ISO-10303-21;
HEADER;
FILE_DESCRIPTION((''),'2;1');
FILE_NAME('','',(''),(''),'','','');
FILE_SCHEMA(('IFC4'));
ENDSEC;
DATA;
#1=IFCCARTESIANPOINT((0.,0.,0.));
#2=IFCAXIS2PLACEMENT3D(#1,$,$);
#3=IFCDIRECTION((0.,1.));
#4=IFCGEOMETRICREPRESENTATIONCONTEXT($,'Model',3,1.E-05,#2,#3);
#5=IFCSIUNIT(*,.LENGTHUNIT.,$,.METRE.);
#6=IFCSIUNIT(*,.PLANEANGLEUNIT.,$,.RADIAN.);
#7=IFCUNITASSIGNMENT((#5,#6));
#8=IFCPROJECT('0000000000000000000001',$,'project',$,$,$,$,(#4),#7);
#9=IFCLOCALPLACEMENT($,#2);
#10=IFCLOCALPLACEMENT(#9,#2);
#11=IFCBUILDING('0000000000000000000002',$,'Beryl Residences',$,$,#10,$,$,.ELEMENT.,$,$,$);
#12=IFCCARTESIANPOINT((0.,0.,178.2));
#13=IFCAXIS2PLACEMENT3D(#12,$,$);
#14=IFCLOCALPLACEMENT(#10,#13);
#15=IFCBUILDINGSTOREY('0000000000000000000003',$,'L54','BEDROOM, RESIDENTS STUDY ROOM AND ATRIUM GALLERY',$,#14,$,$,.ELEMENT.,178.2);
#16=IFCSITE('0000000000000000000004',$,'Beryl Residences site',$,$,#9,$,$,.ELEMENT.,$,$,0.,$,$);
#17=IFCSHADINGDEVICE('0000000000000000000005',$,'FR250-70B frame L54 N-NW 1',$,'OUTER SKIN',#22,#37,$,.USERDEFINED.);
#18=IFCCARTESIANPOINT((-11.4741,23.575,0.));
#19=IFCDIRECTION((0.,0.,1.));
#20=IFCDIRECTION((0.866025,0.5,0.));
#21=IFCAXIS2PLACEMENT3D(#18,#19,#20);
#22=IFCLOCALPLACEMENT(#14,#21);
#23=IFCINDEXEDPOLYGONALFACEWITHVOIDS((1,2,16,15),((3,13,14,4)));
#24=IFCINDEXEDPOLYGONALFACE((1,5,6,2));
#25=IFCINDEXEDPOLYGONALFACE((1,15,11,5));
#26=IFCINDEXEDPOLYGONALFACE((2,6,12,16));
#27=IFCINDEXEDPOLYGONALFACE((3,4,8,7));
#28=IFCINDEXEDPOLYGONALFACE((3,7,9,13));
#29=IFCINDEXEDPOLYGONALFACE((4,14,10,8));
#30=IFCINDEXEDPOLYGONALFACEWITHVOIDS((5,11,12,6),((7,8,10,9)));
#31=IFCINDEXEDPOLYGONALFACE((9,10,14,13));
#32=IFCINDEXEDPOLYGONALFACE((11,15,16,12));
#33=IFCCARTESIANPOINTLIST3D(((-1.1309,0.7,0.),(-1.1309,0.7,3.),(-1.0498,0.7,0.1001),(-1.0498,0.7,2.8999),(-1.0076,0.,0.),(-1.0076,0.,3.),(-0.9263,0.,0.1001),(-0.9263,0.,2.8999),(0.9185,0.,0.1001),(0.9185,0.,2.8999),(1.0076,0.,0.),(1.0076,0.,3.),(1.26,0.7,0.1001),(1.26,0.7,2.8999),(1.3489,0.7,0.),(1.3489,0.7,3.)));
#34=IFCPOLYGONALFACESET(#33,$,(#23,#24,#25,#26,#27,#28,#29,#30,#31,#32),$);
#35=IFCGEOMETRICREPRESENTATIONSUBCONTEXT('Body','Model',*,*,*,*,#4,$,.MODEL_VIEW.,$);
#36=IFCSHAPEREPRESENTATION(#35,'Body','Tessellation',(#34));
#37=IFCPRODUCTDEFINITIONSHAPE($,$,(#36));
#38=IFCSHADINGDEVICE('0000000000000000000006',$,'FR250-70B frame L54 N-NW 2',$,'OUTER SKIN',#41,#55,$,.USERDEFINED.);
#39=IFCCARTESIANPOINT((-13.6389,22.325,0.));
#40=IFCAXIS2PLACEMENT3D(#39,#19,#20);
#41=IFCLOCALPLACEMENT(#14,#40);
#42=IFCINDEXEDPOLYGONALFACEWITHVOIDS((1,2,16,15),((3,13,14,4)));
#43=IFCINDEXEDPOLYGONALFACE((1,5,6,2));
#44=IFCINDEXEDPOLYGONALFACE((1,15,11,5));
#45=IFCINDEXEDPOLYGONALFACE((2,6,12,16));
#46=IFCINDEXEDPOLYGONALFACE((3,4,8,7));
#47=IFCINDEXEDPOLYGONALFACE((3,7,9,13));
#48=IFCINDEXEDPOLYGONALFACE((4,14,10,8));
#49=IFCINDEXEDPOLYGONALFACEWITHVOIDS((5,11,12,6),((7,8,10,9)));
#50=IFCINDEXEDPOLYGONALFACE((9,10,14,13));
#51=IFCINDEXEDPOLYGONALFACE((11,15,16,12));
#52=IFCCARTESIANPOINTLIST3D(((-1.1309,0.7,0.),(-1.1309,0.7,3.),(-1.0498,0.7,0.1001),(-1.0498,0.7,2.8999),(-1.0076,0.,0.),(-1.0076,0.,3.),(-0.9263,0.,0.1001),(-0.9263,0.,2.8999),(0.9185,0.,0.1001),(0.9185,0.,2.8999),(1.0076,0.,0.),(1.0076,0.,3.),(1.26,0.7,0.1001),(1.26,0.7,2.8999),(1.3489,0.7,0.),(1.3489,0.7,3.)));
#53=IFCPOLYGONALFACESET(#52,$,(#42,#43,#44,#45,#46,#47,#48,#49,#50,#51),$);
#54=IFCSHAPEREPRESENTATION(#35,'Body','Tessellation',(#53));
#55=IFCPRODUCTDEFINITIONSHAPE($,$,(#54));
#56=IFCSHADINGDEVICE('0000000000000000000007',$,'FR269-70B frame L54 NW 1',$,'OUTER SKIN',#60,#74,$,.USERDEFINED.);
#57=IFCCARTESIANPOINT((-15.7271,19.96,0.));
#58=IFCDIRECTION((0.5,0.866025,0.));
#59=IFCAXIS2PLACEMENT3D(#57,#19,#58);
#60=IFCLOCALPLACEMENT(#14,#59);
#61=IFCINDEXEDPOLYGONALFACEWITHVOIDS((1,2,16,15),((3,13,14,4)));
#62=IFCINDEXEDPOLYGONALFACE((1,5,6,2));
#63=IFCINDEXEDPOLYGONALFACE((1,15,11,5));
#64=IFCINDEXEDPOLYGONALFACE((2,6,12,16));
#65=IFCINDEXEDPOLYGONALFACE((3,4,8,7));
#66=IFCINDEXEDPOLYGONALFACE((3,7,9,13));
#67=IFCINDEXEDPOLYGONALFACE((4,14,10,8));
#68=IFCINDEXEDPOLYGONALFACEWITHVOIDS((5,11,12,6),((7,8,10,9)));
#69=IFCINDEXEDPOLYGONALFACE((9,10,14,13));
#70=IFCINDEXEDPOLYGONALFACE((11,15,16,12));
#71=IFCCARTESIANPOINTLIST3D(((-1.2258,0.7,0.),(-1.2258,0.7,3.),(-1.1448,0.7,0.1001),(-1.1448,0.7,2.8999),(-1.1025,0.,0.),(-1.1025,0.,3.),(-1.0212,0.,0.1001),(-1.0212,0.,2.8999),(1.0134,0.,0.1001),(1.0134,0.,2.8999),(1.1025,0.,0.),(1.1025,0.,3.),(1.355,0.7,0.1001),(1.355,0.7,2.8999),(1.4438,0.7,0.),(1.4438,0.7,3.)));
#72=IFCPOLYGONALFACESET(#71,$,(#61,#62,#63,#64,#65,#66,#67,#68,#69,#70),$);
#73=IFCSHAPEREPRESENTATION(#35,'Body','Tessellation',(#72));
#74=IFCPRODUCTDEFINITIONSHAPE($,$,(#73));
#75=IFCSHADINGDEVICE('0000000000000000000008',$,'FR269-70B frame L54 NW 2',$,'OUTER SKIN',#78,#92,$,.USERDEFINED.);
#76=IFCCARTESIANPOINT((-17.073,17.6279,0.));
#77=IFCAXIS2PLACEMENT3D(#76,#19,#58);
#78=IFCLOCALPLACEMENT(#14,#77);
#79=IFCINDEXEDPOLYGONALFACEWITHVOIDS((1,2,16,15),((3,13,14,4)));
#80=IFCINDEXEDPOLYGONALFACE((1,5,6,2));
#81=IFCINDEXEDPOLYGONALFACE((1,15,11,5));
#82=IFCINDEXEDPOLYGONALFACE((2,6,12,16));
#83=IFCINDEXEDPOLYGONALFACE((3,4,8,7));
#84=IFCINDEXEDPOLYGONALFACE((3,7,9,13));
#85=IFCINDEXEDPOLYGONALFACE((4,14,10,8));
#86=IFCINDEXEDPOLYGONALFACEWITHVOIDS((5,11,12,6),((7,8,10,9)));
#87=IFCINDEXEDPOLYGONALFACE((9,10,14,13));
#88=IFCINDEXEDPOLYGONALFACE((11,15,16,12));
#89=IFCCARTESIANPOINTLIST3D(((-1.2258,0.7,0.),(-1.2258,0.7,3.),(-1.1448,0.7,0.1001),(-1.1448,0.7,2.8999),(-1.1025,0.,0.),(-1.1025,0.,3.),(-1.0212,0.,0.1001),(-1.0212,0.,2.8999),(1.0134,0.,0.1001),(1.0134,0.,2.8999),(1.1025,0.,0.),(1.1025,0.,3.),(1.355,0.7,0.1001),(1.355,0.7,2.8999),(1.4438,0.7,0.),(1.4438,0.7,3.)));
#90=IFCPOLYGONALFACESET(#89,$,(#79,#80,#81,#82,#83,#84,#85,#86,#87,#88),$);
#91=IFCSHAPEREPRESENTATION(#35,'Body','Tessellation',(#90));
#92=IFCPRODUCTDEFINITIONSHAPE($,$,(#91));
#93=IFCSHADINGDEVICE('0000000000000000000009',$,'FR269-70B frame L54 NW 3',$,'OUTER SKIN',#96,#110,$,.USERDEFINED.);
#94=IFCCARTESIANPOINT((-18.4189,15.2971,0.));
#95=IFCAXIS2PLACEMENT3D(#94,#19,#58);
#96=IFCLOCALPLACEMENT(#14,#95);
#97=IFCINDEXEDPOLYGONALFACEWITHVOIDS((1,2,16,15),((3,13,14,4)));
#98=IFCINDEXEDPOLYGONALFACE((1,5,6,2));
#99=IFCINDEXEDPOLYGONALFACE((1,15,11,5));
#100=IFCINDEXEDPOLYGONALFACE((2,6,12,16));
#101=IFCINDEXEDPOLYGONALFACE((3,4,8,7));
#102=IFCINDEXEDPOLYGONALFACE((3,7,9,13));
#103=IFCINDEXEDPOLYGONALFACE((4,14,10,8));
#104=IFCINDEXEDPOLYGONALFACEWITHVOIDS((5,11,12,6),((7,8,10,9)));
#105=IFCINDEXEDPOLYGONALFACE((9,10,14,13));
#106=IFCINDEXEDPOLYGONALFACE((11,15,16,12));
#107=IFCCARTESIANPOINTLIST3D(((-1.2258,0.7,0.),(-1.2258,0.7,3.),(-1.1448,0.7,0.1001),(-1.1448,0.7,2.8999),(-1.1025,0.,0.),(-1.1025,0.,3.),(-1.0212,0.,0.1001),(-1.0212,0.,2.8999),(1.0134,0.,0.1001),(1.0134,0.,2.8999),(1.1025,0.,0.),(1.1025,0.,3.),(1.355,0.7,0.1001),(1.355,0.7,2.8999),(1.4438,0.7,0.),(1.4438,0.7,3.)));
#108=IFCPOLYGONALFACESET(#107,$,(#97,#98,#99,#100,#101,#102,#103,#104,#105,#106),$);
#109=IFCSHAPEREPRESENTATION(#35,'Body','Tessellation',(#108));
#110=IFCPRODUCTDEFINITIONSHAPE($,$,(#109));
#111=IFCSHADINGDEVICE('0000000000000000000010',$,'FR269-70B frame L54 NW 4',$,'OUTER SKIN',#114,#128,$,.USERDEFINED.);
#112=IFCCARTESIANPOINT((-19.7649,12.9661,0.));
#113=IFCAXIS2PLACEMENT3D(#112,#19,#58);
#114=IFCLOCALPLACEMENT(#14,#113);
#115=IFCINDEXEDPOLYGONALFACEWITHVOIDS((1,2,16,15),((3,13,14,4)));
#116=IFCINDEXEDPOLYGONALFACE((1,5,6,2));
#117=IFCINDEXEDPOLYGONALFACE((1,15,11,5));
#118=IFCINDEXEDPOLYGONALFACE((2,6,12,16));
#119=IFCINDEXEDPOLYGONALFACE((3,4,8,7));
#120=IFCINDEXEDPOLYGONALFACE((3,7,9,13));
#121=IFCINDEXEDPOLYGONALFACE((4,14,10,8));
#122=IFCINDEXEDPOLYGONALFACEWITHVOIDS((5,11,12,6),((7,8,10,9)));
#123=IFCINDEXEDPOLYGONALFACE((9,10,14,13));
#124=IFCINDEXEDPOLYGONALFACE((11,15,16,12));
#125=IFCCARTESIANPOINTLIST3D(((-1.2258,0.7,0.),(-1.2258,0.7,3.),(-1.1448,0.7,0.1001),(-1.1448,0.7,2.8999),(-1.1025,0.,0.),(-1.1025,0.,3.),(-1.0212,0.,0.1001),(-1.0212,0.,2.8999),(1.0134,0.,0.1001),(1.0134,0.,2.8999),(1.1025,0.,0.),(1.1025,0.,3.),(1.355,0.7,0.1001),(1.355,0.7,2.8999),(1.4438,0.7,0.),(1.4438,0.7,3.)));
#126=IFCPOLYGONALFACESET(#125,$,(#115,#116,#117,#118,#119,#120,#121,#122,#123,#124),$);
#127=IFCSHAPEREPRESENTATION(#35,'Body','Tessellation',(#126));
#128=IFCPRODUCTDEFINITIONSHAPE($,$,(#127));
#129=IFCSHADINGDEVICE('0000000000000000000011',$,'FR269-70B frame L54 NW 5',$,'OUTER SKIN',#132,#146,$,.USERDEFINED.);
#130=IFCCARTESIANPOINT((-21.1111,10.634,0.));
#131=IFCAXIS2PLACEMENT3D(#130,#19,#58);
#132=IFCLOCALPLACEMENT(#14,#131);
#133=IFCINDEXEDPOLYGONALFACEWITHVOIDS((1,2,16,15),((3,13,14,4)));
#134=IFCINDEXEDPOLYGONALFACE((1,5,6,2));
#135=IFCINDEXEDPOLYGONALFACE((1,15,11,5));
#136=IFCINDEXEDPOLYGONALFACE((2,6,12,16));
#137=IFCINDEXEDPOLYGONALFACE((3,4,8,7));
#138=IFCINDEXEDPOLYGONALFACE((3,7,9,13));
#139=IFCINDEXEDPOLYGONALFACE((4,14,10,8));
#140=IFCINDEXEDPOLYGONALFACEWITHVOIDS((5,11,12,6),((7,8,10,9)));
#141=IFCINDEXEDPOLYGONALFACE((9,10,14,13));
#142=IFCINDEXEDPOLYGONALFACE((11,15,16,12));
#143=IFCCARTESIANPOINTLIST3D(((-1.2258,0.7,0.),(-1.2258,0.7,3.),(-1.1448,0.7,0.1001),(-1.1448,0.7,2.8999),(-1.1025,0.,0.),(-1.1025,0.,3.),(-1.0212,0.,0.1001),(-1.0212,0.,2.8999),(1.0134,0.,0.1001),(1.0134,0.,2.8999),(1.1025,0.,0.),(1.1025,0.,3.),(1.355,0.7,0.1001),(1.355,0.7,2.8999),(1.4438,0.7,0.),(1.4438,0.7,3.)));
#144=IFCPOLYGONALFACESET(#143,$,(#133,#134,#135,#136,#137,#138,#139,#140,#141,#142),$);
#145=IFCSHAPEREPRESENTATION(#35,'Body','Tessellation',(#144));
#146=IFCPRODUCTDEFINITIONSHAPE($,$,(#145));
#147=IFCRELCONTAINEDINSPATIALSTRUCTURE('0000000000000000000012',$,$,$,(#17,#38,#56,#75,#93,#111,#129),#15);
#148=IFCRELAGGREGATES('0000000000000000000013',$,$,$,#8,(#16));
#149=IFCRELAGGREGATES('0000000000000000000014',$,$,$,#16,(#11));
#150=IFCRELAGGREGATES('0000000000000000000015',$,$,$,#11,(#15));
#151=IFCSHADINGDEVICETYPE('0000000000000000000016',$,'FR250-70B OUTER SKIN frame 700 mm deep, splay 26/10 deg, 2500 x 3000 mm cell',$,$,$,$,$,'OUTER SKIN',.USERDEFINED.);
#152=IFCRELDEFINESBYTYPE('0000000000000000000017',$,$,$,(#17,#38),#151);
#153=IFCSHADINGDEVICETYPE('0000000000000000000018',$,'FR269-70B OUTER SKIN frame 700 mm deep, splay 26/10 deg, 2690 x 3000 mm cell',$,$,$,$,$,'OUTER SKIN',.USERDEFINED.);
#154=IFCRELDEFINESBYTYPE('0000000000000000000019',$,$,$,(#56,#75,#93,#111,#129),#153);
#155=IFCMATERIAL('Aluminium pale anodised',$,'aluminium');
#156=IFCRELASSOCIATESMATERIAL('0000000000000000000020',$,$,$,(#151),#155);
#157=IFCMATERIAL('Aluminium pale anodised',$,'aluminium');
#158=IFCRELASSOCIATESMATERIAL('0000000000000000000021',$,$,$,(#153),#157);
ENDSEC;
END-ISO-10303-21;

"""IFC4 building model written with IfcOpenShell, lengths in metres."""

from ifc_helpers import new_model, entity, si_unit, direction, frame, origin, place, context, subcontext, project, spatial, source, transform, mapped, material, type_object, type_shapes, element, save


model = new_model("IFC4")

# Units and contexts
model_context = context("Model", 3, precision=1e-05, world=origin(), true_north=direction((0.0, 1.0)))
body_context = subcontext(model_context, "Body", "Model", "MODEL_VIEW")
ifc_project = project(units=[si_unit("LENGTHUNIT", "METRE"), si_unit("PLANEANGLEUNIT", "RADIAN")], contexts=[model_context])

# Site, building, storey
site_placement = place(None, origin())
site = spatial("IfcSite", under=ifc_project, at=site_placement, Name="Beryl Residences site", CompositionType="ELEMENT", RefElevation=0.0)
building_placement = place(site_placement, origin())
building = spatial("IfcBuilding", under=site, at=building_placement, Name="Beryl Residences", CompositionType="ELEMENT")
storey_placement = place(building_placement, frame((0.0, 0.0, 178.2)))
storey = spatial("IfcBuildingStorey", under=building, at=storey_placement, Name="L54", Description="BEDROOM, RESIDENTS STUDY ROOM AND ATRIUM GALLERY", CompositionType="ELEMENT", Elevation=178.2)

# Shading devices
ifc_material_1 = material(Name="Aluminium pale anodised", Category="aluminium")
shading_device_type_1 = type_object("IfcShadingDeviceType", Name="FR250-70B OUTER SKIN frame 700 mm deep, splay 26/10 deg, 2500 x 3000 mm cell", ElementType="OUTER SKIN", PredefinedType="USERDEFINED", material=ifc_material_1)
cartesian_point_1 = entity("IfcCartesianPoint", [-1.0076, 0.0])
cartesian_point_2 = entity("IfcCartesianPoint", [-0.9185, 0.1001])
cartesian_point_3 = entity("IfcCartesianPoint", [-1.3489, 0.0])
cartesian_point_4 = entity("IfcCartesianPoint", [-1.26, 0.1001])
shared_shape_1 = source(origin(), body_context, "Body", "SweptSolid", [
    entity("IfcExtrudedAreaSolidTapered", entity("IfcArbitraryProfileDefWithVoids", "AREA", None, entity("IfcPolyline", [cartesian_point_1, entity("IfcCartesianPoint", [1.0076, 0.0]), entity("IfcCartesianPoint", [1.0076, 3.0]), entity("IfcCartesianPoint", [-1.0076, 3.0]), cartesian_point_1]), [entity("IfcPolyline", [cartesian_point_2, entity("IfcCartesianPoint", [0.9263, 0.1001]), entity("IfcCartesianPoint", [0.9263, 2.8999]), entity("IfcCartesianPoint", [-0.9185, 2.8999]), cartesian_point_2])]), entity("IfcAxis2Placement3D", entity("IfcCartesianPoint", [0.0, 0.0, 0.0]), entity("IfcDirection", [0.0, 1.0, 0.0]), entity("IfcDirection", [-1.0, 0.0, 0.0])), entity("IfcDirection", [0.0, 0.0, 1.0]), 0.7, entity("IfcArbitraryProfileDefWithVoids", "AREA", None, entity("IfcPolyline", [cartesian_point_3, entity("IfcCartesianPoint", [1.1309, 0.0]), entity("IfcCartesianPoint", [1.1309, 3.0]), entity("IfcCartesianPoint", [-1.3489, 3.0]), cartesian_point_3]), [entity("IfcPolyline", [cartesian_point_4, entity("IfcCartesianPoint", [1.0498, 0.1001]), entity("IfcCartesianPoint", [1.0498, 2.8999]), entity("IfcCartesianPoint", [-1.26, 2.8999]), cartesian_point_4])])),
])
type_shapes(shading_device_type_1, [shared_shape_1])
for number, where, z_axis, x_axis, name in (
    (1, (-11.4741, 23.575, 0.0), (0.0, 0.0, 1.0), (0.866025, 0.5, 0.0), "FR250-70B frame L54 N-NW 1"),
    (2, (-13.6389, 22.325, 0.0), (0.0, 0.0, 1.0), (0.866025, 0.5, 0.0), "FR250-70B frame L54 N-NW 2"),
):
    element("IfcShadingDevice", number, at=place(storey_placement, frame(where, z_axis=z_axis, x_axis=x_axis)), inside=storey, type_object=shading_device_type_1, Name=name, ObjectType="OUTER SKIN", PredefinedType="USERDEFINED", context=body_context, shape_type="MappedRepresentation", body=[
        mapped(shared_shape_1, transform((0.0, 0.0, 0.0))),
    ])
ifc_material_2 = material(Name="Aluminium pale anodised", Category="aluminium")
shading_device_type_2 = type_object("IfcShadingDeviceType", Name="FR269-70B OUTER SKIN frame 700 mm deep, splay 26/10 deg, 2690 x 3000 mm cell", ElementType="OUTER SKIN", PredefinedType="USERDEFINED", material=ifc_material_2)
cartesian_point_5 = entity("IfcCartesianPoint", [-1.1025, 0.0])
cartesian_point_6 = entity("IfcCartesianPoint", [-1.0134, 0.1001])
cartesian_point_7 = entity("IfcCartesianPoint", [-1.4438, 0.0])
cartesian_point_8 = entity("IfcCartesianPoint", [-1.355, 0.1001])
shared_shape_2 = source(origin(), body_context, "Body", "SweptSolid", [
    entity("IfcExtrudedAreaSolidTapered", entity("IfcArbitraryProfileDefWithVoids", "AREA", None, entity("IfcPolyline", [cartesian_point_5, entity("IfcCartesianPoint", [1.1025, 0.0]), entity("IfcCartesianPoint", [1.1025, 3.0]), entity("IfcCartesianPoint", [-1.1025, 3.0]), cartesian_point_5]), [entity("IfcPolyline", [cartesian_point_6, entity("IfcCartesianPoint", [1.0212, 0.1001]), entity("IfcCartesianPoint", [1.0212, 2.8999]), entity("IfcCartesianPoint", [-1.0134, 2.8999]), cartesian_point_6])]), entity("IfcAxis2Placement3D", entity("IfcCartesianPoint", [0.0, 0.0, 0.0]), entity("IfcDirection", [0.0, 1.0, 0.0]), entity("IfcDirection", [-1.0, 0.0, 0.0])), entity("IfcDirection", [0.0, 0.0, 1.0]), 0.7, entity("IfcArbitraryProfileDefWithVoids", "AREA", None, entity("IfcPolyline", [cartesian_point_7, entity("IfcCartesianPoint", [1.2258, 0.0]), entity("IfcCartesianPoint", [1.2258, 3.0]), entity("IfcCartesianPoint", [-1.4438, 3.0]), cartesian_point_7]), [entity("IfcPolyline", [cartesian_point_8, entity("IfcCartesianPoint", [1.1448, 0.1001]), entity("IfcCartesianPoint", [1.1448, 2.8999]), entity("IfcCartesianPoint", [-1.355, 2.8999]), cartesian_point_8])])),
])
type_shapes(shading_device_type_2, [shared_shape_2])
for number, where, z_axis, x_axis, name in (
    (3, (-15.7271, 19.96, 0.0), (0.0, 0.0, 1.0), (0.5, 0.866025, 0.0), "FR269-70B frame L54 NW 1"),
    (4, (-17.073, 17.6279, 0.0), (0.0, 0.0, 1.0), (0.5, 0.866025, 0.0), "FR269-70B frame L54 NW 2"),
    (5, (-18.4189, 15.2971, 0.0), (0.0, 0.0, 1.0), (0.5, 0.866025, 0.0), "FR269-70B frame L54 NW 3"),
    (6, (-19.7649, 12.9661, 0.0), (0.0, 0.0, 1.0), (0.5, 0.866025, 0.0), "FR269-70B frame L54 NW 4"),
    (7, (-21.1111, 10.634, 0.0), (0.0, 0.0, 1.0), (0.5, 0.866025, 0.0), "FR269-70B frame L54 NW 5"),
):
    element("IfcShadingDevice", number, at=place(storey_placement, frame(where, z_axis=z_axis, x_axis=x_axis)), inside=storey, type_object=shading_device_type_2, Name=name, ObjectType="OUTER SKIN", PredefinedType="USERDEFINED", context=body_context, shape_type="MappedRepresentation", body=[
        mapped(shared_shape_2, transform((0.0, 0.0, 0.0))),
    ])

save(model, "model.ifc")
